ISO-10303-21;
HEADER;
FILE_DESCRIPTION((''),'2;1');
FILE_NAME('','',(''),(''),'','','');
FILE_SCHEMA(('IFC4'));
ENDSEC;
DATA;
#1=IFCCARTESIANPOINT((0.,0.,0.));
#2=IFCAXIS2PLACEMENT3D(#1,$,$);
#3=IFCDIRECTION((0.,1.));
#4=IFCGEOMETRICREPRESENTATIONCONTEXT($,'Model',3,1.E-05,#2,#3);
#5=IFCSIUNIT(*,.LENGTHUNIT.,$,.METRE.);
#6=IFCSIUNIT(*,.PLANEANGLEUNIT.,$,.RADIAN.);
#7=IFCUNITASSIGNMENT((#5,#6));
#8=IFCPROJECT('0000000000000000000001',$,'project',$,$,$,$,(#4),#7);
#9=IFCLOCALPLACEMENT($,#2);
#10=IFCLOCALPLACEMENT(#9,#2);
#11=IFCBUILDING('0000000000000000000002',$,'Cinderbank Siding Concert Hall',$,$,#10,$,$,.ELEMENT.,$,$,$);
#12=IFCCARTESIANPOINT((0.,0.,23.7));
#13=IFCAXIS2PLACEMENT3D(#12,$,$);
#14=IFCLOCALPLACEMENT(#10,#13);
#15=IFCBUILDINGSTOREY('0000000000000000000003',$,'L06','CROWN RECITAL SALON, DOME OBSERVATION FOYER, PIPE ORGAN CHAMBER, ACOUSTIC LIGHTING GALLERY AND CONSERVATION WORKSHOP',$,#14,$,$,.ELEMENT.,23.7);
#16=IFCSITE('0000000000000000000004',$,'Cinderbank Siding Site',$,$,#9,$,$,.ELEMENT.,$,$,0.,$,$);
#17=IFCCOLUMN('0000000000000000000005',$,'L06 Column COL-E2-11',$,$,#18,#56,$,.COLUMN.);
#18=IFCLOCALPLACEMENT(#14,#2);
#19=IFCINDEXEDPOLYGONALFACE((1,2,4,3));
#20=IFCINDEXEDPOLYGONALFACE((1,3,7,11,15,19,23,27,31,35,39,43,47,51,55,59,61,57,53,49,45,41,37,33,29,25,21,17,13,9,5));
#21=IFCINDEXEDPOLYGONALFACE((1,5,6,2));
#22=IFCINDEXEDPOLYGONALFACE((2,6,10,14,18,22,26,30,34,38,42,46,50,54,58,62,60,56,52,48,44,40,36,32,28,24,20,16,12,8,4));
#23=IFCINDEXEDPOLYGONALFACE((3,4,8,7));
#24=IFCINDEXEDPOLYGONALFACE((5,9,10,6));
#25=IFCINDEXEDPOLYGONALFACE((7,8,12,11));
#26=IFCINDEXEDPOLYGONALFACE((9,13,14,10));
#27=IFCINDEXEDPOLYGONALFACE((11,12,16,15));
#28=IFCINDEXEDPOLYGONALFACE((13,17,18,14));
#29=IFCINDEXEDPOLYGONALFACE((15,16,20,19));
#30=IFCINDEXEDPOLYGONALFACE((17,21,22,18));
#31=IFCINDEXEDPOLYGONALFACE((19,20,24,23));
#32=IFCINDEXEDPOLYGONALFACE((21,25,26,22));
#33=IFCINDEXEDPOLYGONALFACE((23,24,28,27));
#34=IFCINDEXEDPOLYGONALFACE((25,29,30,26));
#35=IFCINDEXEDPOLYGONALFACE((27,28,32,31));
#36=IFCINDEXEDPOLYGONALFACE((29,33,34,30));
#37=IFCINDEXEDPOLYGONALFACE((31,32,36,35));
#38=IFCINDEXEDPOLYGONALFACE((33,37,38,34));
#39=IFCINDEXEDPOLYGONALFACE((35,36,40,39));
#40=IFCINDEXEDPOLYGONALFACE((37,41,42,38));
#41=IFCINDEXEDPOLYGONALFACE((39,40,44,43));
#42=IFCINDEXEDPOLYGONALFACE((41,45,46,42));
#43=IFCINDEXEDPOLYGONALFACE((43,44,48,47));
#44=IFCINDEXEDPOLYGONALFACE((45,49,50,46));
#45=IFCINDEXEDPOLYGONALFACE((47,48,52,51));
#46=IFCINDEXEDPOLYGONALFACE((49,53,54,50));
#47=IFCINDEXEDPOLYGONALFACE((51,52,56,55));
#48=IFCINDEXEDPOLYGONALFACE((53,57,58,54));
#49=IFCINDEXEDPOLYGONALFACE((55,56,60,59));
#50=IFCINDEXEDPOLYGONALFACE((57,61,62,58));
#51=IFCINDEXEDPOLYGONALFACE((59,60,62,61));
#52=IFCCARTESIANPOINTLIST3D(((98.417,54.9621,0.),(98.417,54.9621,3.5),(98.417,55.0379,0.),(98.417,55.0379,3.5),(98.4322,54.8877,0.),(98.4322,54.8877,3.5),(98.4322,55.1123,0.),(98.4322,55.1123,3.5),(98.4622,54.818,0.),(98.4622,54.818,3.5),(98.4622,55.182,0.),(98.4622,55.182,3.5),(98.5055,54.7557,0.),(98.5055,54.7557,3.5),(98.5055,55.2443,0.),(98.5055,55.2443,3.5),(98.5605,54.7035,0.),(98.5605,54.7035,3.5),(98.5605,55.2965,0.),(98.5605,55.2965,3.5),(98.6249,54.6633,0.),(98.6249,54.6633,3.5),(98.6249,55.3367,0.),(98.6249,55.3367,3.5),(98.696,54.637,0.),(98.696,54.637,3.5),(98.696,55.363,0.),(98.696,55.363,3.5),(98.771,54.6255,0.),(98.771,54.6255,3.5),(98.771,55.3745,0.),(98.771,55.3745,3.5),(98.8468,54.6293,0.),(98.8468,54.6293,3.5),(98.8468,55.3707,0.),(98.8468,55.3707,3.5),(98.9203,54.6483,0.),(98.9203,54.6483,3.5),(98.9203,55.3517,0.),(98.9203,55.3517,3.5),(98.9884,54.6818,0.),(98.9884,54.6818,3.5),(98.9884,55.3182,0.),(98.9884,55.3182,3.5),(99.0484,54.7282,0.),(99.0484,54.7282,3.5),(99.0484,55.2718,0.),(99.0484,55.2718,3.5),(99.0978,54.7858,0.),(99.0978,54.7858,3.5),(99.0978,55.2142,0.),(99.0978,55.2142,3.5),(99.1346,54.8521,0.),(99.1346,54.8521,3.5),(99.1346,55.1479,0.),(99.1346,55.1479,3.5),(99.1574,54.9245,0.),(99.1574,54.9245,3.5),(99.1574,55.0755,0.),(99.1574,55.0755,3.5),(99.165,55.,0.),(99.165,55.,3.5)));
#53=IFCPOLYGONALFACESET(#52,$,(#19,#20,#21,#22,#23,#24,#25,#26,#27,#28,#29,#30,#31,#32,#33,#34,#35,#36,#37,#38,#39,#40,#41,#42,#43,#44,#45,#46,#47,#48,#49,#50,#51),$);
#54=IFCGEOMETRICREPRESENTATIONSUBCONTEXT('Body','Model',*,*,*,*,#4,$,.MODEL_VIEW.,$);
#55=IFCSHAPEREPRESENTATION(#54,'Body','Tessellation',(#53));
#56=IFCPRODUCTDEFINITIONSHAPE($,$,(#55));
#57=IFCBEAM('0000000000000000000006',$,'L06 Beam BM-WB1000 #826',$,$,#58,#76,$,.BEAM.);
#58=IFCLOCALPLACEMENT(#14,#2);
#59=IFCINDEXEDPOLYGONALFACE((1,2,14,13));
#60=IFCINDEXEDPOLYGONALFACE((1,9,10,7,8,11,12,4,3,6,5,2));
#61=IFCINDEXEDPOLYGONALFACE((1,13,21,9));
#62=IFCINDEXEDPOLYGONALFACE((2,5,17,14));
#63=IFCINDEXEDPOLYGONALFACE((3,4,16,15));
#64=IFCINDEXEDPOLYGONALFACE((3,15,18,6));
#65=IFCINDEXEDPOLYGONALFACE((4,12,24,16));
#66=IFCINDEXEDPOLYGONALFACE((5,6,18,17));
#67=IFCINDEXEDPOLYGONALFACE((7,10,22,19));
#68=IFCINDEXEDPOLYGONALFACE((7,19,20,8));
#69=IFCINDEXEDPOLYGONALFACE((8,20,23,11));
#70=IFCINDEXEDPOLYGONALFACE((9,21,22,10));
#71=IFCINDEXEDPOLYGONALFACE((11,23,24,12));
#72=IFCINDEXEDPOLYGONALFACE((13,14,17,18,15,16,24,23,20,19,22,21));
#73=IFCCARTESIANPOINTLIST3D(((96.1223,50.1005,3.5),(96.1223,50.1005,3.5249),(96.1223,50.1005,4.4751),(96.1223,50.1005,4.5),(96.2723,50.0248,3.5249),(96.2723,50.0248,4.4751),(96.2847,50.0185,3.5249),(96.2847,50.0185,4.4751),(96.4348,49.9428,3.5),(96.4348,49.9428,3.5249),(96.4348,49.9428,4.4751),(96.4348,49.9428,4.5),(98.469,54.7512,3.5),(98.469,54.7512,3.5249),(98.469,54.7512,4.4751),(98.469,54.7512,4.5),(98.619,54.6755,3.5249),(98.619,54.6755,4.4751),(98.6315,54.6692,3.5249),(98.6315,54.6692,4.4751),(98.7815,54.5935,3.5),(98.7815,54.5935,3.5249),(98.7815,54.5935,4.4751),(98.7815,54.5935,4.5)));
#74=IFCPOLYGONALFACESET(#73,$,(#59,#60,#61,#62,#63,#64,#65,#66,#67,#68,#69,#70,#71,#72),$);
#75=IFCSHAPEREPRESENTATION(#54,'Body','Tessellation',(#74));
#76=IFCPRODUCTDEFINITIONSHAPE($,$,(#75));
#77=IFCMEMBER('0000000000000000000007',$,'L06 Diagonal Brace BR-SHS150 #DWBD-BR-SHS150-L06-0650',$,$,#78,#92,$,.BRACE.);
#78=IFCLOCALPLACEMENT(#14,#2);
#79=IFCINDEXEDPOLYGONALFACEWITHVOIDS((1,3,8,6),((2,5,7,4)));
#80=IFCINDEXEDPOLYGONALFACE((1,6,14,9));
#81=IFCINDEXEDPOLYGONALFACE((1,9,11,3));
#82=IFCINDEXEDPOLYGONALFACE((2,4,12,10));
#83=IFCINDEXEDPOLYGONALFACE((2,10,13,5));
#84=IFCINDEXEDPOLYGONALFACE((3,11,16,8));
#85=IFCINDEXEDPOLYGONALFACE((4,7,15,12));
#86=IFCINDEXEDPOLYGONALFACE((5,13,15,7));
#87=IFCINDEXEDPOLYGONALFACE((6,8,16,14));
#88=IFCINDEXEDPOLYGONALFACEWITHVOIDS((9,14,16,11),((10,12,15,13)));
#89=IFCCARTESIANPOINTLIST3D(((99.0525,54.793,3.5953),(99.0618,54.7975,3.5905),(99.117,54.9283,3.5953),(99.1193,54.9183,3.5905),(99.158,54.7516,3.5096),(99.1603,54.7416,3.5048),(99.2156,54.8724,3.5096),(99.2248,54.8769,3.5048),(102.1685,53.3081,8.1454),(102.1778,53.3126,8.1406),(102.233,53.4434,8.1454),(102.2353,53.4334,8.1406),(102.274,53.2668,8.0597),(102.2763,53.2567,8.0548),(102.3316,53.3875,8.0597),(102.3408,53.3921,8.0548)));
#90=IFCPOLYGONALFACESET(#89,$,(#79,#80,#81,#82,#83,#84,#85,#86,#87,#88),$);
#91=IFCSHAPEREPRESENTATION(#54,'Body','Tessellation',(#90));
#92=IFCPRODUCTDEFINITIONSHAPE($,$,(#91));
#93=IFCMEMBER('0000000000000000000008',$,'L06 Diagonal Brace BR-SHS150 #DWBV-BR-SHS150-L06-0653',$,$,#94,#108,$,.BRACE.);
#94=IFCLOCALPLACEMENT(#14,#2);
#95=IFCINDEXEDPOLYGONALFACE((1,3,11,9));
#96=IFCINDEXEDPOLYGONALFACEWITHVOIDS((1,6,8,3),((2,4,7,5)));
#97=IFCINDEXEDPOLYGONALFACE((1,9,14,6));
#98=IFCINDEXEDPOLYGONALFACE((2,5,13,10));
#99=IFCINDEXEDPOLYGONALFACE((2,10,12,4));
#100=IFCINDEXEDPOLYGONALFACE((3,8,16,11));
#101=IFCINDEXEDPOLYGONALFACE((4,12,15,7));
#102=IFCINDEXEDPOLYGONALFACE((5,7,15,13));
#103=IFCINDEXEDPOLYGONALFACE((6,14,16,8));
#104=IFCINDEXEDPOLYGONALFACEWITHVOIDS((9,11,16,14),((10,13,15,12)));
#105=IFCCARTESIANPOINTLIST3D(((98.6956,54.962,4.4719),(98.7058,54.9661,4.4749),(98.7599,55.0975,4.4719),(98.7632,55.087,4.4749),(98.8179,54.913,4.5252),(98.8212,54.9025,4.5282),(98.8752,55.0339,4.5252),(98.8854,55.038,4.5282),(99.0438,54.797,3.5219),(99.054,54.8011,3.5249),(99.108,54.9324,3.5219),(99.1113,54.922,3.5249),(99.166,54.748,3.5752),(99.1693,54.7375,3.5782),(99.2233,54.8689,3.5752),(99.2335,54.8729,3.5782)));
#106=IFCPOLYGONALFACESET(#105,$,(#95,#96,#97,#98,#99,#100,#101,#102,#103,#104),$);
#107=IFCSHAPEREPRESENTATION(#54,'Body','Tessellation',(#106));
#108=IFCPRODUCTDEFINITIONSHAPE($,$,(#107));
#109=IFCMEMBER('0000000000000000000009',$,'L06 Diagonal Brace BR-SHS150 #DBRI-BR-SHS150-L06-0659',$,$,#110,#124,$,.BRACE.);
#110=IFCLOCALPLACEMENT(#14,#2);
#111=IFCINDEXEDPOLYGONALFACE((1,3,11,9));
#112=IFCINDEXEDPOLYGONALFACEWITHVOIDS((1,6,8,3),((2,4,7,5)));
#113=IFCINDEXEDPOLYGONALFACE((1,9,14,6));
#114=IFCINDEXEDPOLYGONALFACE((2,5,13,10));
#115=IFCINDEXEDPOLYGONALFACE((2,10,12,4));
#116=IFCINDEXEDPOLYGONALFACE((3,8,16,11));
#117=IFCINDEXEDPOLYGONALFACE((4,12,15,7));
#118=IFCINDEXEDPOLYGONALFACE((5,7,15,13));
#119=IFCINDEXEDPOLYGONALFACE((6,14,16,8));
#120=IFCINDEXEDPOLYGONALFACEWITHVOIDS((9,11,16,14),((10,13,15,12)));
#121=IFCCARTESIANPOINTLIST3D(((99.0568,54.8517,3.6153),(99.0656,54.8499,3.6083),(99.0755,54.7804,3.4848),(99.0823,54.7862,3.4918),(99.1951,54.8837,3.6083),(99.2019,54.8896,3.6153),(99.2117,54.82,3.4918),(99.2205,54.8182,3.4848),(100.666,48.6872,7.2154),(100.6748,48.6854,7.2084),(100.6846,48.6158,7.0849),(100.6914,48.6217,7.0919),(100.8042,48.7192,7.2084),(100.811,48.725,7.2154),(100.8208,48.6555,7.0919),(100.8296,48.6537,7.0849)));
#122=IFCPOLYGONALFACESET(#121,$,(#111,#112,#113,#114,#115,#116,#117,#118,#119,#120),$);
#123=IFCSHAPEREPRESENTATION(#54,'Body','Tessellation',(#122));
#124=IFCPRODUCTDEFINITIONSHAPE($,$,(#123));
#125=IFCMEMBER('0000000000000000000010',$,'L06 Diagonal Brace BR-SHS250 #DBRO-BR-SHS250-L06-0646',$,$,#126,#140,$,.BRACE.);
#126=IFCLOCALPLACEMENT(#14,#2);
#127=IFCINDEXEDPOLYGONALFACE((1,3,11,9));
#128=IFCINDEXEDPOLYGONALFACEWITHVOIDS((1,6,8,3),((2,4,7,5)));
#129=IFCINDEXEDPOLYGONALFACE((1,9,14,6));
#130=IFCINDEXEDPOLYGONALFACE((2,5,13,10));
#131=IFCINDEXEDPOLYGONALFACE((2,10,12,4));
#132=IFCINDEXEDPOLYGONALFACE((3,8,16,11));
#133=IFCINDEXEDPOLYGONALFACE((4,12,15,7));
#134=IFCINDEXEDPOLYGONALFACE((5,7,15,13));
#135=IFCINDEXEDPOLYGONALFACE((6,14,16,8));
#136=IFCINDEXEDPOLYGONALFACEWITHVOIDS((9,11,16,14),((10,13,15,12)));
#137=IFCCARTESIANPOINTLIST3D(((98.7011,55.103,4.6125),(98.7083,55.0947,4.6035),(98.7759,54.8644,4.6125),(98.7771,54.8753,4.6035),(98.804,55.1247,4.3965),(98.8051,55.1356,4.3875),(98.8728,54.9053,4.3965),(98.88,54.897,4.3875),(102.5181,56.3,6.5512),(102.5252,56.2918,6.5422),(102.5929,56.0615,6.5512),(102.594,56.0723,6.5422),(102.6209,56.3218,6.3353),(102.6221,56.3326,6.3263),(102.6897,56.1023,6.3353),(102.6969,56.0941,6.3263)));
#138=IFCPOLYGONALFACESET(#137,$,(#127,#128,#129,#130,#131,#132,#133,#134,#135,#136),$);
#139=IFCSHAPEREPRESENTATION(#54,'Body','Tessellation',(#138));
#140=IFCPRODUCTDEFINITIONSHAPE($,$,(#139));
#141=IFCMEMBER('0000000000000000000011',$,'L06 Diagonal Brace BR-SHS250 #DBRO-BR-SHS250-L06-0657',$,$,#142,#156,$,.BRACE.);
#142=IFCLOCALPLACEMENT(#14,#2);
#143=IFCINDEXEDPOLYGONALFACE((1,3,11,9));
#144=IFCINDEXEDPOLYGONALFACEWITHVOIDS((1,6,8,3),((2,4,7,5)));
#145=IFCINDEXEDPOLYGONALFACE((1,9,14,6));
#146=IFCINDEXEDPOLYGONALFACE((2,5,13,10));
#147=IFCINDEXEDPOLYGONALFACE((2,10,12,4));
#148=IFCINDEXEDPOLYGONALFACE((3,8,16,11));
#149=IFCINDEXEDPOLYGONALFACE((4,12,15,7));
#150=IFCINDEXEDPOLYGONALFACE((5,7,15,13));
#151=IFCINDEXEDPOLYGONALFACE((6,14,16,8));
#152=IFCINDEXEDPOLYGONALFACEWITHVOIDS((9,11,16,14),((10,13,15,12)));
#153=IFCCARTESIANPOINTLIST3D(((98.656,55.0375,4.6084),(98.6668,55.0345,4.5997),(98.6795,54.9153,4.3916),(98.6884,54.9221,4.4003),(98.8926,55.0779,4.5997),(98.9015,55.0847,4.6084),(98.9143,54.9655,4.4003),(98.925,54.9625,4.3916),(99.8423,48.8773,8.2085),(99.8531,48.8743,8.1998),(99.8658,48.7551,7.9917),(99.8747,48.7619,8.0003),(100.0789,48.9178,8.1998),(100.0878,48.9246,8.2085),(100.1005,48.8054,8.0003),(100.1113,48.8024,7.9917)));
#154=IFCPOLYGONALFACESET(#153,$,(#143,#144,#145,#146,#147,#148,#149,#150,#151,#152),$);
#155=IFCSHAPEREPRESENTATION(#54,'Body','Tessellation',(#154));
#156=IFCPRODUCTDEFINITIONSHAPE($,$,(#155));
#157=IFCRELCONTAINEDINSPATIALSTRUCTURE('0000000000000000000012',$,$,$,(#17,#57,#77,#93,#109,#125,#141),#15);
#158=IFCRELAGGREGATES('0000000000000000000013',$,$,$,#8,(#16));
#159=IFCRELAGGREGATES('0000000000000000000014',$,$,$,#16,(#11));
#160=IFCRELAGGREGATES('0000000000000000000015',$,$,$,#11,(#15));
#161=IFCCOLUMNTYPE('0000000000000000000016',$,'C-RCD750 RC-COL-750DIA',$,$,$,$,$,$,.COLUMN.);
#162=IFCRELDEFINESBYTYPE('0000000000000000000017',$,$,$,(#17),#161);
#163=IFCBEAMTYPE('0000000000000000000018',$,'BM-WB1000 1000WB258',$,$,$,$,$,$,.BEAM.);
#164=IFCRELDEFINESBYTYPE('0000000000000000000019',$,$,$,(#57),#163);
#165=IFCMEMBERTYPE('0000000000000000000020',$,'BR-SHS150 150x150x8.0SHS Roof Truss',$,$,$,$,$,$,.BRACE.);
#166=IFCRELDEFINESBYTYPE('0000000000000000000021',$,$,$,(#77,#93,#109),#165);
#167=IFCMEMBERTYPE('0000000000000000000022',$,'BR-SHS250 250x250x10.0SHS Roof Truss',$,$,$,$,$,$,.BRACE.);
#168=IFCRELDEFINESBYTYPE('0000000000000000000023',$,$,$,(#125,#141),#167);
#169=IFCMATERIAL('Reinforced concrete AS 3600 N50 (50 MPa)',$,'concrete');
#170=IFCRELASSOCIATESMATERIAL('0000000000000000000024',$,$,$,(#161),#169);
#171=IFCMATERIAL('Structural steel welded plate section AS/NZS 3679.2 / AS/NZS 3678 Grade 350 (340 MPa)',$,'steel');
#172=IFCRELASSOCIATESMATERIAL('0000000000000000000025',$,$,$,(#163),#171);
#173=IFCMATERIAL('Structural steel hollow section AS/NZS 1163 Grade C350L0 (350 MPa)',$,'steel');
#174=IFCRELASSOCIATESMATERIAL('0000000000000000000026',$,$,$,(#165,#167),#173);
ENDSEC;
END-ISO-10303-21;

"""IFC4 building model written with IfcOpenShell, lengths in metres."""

from ifc_helpers import new_model, si_unit, direction, frame, origin, origin_2d, place, context, subcontext, project, spatial, hollow_rectangle, circle, i_section, extrude, material, material_profile, profile_set, type_object, element, save


model = new_model("IFC4")

# Units and contexts
model_context = context("Model", 3, precision=1e-05, world=origin(), true_north=direction((0.0, 1.0)))
body_context = subcontext(model_context, "Body", "Model", "MODEL_VIEW")
ifc_project = project(units=[si_unit("LENGTHUNIT", "METRE"), si_unit("PLANEANGLEUNIT", "RADIAN")], contexts=[model_context])

# Site, building, storey
site_placement = place(None, origin())
site = spatial("IfcSite", under=ifc_project, at=site_placement, Name="Cinderbank Siding Site", CompositionType="ELEMENT", RefElevation=0.0)
building_placement = place(site_placement, origin())
building = spatial("IfcBuilding", under=site, at=building_placement, Name="Cinderbank Siding Concert Hall", CompositionType="ELEMENT")
storey_placement = place(building_placement, frame((0.0, 0.0, 23.7)))
storey = spatial("IfcBuildingStorey", under=building, at=storey_placement, Name="L06", Description="CROWN RECITAL SALON, DOME OBSERVATION FOYER, PIPE ORGAN CHAMBER, ACOUSTIC LIGHTING GALLERY AND CONSERVATION WORKSHOP", CompositionType="ELEMENT", Elevation=23.7)

# Column
ifc_material_1 = material(Name="Reinforced concrete AS 3600 N50 (50 MPa)", Category="concrete")
ifc_material_profile_1 = material_profile(ifc_material_1, circle(Radius=0.375, at=origin_2d()), Name="RC-COL-750DIA", Category="LoadBearing")
ifc_profile_set_1 = profile_set([ifc_material_profile_1], Name="Reinforced concrete AS 3600 N50 (50 MPa)")
column_type = type_object("IfcColumnType", Name="C-RCD750 RC-COL-750DIA", PredefinedType="COLUMN", material=ifc_profile_set_1)
column_placement = place(storey_placement, frame((98.79, 55.0, 0.0), z_axis=(0.0, 0.0, 1.0), x_axis=(1.0, 0.0, 0.0)))
element("IfcColumn", 1, at=column_placement, inside=storey, type_object=column_type, Name="L06 Column COL-E2-11", PredefinedType="COLUMN", context=body_context, shape_type="SweptSolid", body=[
    extrude(circle(Radius=0.375, at=origin_2d()), origin(), (0.0, 0.0, 1.0), 3.5),
])

# Beam
ifc_material_2 = material(Name="Structural steel welded plate section AS/NZS 3679.2 / AS/NZS 3678 Grade 350 (340 MPa)", Category="steel")
ifc_material_profile_2 = material_profile(ifc_material_2, i_section(OverallWidth=0.3501, OverallDepth=1.0, WebThickness=0.0139, FlangeThickness=0.0249, at=origin_2d()), Name="1000WB258", Category="LoadBearing")
ifc_profile_set_2 = profile_set([ifc_material_profile_2], Name="Structural steel welded plate section AS/NZS 3679.2 / AS/NZS 3678 Grade 350 (340 MPa)")
beam_type = type_object("IfcBeamType", Name="BM-WB1000 1000WB258", PredefinedType="BEAM", material=ifc_profile_set_2)
beam_placement = place(storey_placement, frame((98.6252, 54.6724, 4.0), z_axis=(-0.450491, -0.892781, 0.0), x_axis=(0.892781, -0.450491, 0.0)))
element("IfcBeam", 2, at=beam_placement, inside=storey, type_object=beam_type, Name="L06 Beam BM-WB1000 #826", PredefinedType="BEAM", context=body_context, shape_type="SweptSolid", body=[
    extrude(i_section(OverallWidth=0.3501, OverallDepth=1.0, WebThickness=0.0139, FlangeThickness=0.0249, at=origin_2d()), origin(), (0.0, 0.0, 1.0), 5.2092),
])

# Members
ifc_material_3 = material(Name="Structural steel hollow section AS/NZS 1163 Grade C350L0 (350 MPa)", Category="steel")
ifc_material_profile_3 = material_profile(ifc_material_3, hollow_rectangle(XDim=0.1499, YDim=0.1499, WallThickness=0.0081, at=origin_2d()), Name="150x150x8.0SHS", Category="LoadBearing")
ifc_profile_set_3 = profile_set([ifc_material_profile_3], Name="Structural steel hollow section AS/NZS 1163 Grade C350L0 (350 MPa)")
member_type_1 = type_object("IfcMemberType", Name="BR-SHS150 150x150x8.0SHS Roof Truss", PredefinedType="BRACE", material=ifc_profile_set_3)
member_1_placement = place(storey_placement, frame((99.1387, 54.835, 3.55), z_axis=(0.545595, -0.259995, 0.796698), x_axis=(0.430186, 0.90274, 0.0)))
element("IfcMember", 3, at=member_1_placement, inside=storey, type_object=member_type_1, Name="L06 Diagonal Brace BR-SHS150 #DWBD-BR-SHS150-L06-0650", PredefinedType="BRACE", context=body_context, shape_type="SweptSolid", body=[
    extrude(hollow_rectangle(XDim=0.1499, YDim=0.1499, WallThickness=0.0081, at=origin_2d()), origin(), (0.0, 0.0, 1.0), 5.7112),
])
member_2_placement = place(storey_placement, frame((99.1387, 54.835, 3.55), z_axis=(-0.339617, 0.160997, 0.926683), x_axis=(-0.428359, -0.903609, 0.0)))
element("IfcMember", 4, at=member_2_placement, inside=storey, type_object=member_type_1, Name="L06 Diagonal Brace BR-SHS150 #DWBV-BR-SHS150-L06-0653", PredefinedType="BRACE", context=body_context, shape_type="SweptSolid", body=[
    extrude(hollow_rectangle(XDim=0.1499, YDim=0.1499, WallThickness=0.0081, at=origin_2d()), origin(), (0.0, 0.0, 1.0), 1.0251),
])
member_3_placement = place(storey_placement, frame((99.1387, 54.835, 3.55), z_axis=(0.21989, -0.842393, 0.491958), x_axis=(0.967579, 0.252567, 0.0)))
element("IfcMember", 5, at=member_3_placement, inside=storey, type_object=member_type_1, Name="L06 Diagonal Brace BR-SHS150 #DBRI-BR-SHS150-L06-0659", PredefinedType="BRACE", context=body_context, shape_type="SweptSolid", body=[
    extrude(hollow_rectangle(XDim=0.1499, YDim=0.1499, WallThickness=0.0081, at=origin_2d()), origin(), (0.0, 0.0, 1.0), 7.3179),
])
ifc_material_profile_4 = material_profile(ifc_material_3, hollow_rectangle(XDim=0.25, YDim=0.25, WallThickness=0.01, at=origin_2d()), Name="250x250x10.0SHS", Category="LoadBearing")
ifc_profile_set_4 = profile_set([ifc_material_profile_4], Name="Structural steel hollow section AS/NZS 1163 Grade C350L0 (350 MPa)")
member_type_2 = type_object("IfcMemberType", Name="BR-SHS250 250x250x10.0SHS Roof Truss", PredefinedType="BRACE", material=ifc_profile_set_4)
member_4_placement = place(storey_placement, frame((98.7905, 55.0, 4.5), z_axis=(0.858647, 0.269281, 0.436134), x_axis=(-0.299241, 0.954178, 0.0)))
element("IfcMember", 6, at=member_4_placement, inside=storey, type_object=member_type_2, Name="L06 Diagonal Brace BR-SHS250 #DBRO-BR-SHS250-L06-0646", PredefinedType="BRACE", context=body_context, shape_type="SweptSolid", body=[
    extrude(hollow_rectangle(XDim=0.25, YDim=0.25, WallThickness=0.01, at=origin_2d()), origin(), (0.0, 0.0, 1.0), 4.4453),
])
member_5_placement = place(storey_placement, frame((98.7905, 55.0, 4.5), z_axis=(0.164011, -0.85168, 0.497736), x_axis=(0.981958, 0.189099, 0.0)))
element("IfcMember", 7, at=member_5_placement, inside=storey, type_object=member_type_2, Name="L06 Diagonal Brace BR-SHS250 #DBRO-BR-SHS250-L06-0657", PredefinedType="BRACE", context=body_context, shape_type="SweptSolid", body=[
    extrude(hollow_rectangle(XDim=0.25, YDim=0.25, WallThickness=0.01, at=origin_2d()), origin(), (0.0, 0.0, 1.0), 7.2329),
])

save(model, "model.ifc")
